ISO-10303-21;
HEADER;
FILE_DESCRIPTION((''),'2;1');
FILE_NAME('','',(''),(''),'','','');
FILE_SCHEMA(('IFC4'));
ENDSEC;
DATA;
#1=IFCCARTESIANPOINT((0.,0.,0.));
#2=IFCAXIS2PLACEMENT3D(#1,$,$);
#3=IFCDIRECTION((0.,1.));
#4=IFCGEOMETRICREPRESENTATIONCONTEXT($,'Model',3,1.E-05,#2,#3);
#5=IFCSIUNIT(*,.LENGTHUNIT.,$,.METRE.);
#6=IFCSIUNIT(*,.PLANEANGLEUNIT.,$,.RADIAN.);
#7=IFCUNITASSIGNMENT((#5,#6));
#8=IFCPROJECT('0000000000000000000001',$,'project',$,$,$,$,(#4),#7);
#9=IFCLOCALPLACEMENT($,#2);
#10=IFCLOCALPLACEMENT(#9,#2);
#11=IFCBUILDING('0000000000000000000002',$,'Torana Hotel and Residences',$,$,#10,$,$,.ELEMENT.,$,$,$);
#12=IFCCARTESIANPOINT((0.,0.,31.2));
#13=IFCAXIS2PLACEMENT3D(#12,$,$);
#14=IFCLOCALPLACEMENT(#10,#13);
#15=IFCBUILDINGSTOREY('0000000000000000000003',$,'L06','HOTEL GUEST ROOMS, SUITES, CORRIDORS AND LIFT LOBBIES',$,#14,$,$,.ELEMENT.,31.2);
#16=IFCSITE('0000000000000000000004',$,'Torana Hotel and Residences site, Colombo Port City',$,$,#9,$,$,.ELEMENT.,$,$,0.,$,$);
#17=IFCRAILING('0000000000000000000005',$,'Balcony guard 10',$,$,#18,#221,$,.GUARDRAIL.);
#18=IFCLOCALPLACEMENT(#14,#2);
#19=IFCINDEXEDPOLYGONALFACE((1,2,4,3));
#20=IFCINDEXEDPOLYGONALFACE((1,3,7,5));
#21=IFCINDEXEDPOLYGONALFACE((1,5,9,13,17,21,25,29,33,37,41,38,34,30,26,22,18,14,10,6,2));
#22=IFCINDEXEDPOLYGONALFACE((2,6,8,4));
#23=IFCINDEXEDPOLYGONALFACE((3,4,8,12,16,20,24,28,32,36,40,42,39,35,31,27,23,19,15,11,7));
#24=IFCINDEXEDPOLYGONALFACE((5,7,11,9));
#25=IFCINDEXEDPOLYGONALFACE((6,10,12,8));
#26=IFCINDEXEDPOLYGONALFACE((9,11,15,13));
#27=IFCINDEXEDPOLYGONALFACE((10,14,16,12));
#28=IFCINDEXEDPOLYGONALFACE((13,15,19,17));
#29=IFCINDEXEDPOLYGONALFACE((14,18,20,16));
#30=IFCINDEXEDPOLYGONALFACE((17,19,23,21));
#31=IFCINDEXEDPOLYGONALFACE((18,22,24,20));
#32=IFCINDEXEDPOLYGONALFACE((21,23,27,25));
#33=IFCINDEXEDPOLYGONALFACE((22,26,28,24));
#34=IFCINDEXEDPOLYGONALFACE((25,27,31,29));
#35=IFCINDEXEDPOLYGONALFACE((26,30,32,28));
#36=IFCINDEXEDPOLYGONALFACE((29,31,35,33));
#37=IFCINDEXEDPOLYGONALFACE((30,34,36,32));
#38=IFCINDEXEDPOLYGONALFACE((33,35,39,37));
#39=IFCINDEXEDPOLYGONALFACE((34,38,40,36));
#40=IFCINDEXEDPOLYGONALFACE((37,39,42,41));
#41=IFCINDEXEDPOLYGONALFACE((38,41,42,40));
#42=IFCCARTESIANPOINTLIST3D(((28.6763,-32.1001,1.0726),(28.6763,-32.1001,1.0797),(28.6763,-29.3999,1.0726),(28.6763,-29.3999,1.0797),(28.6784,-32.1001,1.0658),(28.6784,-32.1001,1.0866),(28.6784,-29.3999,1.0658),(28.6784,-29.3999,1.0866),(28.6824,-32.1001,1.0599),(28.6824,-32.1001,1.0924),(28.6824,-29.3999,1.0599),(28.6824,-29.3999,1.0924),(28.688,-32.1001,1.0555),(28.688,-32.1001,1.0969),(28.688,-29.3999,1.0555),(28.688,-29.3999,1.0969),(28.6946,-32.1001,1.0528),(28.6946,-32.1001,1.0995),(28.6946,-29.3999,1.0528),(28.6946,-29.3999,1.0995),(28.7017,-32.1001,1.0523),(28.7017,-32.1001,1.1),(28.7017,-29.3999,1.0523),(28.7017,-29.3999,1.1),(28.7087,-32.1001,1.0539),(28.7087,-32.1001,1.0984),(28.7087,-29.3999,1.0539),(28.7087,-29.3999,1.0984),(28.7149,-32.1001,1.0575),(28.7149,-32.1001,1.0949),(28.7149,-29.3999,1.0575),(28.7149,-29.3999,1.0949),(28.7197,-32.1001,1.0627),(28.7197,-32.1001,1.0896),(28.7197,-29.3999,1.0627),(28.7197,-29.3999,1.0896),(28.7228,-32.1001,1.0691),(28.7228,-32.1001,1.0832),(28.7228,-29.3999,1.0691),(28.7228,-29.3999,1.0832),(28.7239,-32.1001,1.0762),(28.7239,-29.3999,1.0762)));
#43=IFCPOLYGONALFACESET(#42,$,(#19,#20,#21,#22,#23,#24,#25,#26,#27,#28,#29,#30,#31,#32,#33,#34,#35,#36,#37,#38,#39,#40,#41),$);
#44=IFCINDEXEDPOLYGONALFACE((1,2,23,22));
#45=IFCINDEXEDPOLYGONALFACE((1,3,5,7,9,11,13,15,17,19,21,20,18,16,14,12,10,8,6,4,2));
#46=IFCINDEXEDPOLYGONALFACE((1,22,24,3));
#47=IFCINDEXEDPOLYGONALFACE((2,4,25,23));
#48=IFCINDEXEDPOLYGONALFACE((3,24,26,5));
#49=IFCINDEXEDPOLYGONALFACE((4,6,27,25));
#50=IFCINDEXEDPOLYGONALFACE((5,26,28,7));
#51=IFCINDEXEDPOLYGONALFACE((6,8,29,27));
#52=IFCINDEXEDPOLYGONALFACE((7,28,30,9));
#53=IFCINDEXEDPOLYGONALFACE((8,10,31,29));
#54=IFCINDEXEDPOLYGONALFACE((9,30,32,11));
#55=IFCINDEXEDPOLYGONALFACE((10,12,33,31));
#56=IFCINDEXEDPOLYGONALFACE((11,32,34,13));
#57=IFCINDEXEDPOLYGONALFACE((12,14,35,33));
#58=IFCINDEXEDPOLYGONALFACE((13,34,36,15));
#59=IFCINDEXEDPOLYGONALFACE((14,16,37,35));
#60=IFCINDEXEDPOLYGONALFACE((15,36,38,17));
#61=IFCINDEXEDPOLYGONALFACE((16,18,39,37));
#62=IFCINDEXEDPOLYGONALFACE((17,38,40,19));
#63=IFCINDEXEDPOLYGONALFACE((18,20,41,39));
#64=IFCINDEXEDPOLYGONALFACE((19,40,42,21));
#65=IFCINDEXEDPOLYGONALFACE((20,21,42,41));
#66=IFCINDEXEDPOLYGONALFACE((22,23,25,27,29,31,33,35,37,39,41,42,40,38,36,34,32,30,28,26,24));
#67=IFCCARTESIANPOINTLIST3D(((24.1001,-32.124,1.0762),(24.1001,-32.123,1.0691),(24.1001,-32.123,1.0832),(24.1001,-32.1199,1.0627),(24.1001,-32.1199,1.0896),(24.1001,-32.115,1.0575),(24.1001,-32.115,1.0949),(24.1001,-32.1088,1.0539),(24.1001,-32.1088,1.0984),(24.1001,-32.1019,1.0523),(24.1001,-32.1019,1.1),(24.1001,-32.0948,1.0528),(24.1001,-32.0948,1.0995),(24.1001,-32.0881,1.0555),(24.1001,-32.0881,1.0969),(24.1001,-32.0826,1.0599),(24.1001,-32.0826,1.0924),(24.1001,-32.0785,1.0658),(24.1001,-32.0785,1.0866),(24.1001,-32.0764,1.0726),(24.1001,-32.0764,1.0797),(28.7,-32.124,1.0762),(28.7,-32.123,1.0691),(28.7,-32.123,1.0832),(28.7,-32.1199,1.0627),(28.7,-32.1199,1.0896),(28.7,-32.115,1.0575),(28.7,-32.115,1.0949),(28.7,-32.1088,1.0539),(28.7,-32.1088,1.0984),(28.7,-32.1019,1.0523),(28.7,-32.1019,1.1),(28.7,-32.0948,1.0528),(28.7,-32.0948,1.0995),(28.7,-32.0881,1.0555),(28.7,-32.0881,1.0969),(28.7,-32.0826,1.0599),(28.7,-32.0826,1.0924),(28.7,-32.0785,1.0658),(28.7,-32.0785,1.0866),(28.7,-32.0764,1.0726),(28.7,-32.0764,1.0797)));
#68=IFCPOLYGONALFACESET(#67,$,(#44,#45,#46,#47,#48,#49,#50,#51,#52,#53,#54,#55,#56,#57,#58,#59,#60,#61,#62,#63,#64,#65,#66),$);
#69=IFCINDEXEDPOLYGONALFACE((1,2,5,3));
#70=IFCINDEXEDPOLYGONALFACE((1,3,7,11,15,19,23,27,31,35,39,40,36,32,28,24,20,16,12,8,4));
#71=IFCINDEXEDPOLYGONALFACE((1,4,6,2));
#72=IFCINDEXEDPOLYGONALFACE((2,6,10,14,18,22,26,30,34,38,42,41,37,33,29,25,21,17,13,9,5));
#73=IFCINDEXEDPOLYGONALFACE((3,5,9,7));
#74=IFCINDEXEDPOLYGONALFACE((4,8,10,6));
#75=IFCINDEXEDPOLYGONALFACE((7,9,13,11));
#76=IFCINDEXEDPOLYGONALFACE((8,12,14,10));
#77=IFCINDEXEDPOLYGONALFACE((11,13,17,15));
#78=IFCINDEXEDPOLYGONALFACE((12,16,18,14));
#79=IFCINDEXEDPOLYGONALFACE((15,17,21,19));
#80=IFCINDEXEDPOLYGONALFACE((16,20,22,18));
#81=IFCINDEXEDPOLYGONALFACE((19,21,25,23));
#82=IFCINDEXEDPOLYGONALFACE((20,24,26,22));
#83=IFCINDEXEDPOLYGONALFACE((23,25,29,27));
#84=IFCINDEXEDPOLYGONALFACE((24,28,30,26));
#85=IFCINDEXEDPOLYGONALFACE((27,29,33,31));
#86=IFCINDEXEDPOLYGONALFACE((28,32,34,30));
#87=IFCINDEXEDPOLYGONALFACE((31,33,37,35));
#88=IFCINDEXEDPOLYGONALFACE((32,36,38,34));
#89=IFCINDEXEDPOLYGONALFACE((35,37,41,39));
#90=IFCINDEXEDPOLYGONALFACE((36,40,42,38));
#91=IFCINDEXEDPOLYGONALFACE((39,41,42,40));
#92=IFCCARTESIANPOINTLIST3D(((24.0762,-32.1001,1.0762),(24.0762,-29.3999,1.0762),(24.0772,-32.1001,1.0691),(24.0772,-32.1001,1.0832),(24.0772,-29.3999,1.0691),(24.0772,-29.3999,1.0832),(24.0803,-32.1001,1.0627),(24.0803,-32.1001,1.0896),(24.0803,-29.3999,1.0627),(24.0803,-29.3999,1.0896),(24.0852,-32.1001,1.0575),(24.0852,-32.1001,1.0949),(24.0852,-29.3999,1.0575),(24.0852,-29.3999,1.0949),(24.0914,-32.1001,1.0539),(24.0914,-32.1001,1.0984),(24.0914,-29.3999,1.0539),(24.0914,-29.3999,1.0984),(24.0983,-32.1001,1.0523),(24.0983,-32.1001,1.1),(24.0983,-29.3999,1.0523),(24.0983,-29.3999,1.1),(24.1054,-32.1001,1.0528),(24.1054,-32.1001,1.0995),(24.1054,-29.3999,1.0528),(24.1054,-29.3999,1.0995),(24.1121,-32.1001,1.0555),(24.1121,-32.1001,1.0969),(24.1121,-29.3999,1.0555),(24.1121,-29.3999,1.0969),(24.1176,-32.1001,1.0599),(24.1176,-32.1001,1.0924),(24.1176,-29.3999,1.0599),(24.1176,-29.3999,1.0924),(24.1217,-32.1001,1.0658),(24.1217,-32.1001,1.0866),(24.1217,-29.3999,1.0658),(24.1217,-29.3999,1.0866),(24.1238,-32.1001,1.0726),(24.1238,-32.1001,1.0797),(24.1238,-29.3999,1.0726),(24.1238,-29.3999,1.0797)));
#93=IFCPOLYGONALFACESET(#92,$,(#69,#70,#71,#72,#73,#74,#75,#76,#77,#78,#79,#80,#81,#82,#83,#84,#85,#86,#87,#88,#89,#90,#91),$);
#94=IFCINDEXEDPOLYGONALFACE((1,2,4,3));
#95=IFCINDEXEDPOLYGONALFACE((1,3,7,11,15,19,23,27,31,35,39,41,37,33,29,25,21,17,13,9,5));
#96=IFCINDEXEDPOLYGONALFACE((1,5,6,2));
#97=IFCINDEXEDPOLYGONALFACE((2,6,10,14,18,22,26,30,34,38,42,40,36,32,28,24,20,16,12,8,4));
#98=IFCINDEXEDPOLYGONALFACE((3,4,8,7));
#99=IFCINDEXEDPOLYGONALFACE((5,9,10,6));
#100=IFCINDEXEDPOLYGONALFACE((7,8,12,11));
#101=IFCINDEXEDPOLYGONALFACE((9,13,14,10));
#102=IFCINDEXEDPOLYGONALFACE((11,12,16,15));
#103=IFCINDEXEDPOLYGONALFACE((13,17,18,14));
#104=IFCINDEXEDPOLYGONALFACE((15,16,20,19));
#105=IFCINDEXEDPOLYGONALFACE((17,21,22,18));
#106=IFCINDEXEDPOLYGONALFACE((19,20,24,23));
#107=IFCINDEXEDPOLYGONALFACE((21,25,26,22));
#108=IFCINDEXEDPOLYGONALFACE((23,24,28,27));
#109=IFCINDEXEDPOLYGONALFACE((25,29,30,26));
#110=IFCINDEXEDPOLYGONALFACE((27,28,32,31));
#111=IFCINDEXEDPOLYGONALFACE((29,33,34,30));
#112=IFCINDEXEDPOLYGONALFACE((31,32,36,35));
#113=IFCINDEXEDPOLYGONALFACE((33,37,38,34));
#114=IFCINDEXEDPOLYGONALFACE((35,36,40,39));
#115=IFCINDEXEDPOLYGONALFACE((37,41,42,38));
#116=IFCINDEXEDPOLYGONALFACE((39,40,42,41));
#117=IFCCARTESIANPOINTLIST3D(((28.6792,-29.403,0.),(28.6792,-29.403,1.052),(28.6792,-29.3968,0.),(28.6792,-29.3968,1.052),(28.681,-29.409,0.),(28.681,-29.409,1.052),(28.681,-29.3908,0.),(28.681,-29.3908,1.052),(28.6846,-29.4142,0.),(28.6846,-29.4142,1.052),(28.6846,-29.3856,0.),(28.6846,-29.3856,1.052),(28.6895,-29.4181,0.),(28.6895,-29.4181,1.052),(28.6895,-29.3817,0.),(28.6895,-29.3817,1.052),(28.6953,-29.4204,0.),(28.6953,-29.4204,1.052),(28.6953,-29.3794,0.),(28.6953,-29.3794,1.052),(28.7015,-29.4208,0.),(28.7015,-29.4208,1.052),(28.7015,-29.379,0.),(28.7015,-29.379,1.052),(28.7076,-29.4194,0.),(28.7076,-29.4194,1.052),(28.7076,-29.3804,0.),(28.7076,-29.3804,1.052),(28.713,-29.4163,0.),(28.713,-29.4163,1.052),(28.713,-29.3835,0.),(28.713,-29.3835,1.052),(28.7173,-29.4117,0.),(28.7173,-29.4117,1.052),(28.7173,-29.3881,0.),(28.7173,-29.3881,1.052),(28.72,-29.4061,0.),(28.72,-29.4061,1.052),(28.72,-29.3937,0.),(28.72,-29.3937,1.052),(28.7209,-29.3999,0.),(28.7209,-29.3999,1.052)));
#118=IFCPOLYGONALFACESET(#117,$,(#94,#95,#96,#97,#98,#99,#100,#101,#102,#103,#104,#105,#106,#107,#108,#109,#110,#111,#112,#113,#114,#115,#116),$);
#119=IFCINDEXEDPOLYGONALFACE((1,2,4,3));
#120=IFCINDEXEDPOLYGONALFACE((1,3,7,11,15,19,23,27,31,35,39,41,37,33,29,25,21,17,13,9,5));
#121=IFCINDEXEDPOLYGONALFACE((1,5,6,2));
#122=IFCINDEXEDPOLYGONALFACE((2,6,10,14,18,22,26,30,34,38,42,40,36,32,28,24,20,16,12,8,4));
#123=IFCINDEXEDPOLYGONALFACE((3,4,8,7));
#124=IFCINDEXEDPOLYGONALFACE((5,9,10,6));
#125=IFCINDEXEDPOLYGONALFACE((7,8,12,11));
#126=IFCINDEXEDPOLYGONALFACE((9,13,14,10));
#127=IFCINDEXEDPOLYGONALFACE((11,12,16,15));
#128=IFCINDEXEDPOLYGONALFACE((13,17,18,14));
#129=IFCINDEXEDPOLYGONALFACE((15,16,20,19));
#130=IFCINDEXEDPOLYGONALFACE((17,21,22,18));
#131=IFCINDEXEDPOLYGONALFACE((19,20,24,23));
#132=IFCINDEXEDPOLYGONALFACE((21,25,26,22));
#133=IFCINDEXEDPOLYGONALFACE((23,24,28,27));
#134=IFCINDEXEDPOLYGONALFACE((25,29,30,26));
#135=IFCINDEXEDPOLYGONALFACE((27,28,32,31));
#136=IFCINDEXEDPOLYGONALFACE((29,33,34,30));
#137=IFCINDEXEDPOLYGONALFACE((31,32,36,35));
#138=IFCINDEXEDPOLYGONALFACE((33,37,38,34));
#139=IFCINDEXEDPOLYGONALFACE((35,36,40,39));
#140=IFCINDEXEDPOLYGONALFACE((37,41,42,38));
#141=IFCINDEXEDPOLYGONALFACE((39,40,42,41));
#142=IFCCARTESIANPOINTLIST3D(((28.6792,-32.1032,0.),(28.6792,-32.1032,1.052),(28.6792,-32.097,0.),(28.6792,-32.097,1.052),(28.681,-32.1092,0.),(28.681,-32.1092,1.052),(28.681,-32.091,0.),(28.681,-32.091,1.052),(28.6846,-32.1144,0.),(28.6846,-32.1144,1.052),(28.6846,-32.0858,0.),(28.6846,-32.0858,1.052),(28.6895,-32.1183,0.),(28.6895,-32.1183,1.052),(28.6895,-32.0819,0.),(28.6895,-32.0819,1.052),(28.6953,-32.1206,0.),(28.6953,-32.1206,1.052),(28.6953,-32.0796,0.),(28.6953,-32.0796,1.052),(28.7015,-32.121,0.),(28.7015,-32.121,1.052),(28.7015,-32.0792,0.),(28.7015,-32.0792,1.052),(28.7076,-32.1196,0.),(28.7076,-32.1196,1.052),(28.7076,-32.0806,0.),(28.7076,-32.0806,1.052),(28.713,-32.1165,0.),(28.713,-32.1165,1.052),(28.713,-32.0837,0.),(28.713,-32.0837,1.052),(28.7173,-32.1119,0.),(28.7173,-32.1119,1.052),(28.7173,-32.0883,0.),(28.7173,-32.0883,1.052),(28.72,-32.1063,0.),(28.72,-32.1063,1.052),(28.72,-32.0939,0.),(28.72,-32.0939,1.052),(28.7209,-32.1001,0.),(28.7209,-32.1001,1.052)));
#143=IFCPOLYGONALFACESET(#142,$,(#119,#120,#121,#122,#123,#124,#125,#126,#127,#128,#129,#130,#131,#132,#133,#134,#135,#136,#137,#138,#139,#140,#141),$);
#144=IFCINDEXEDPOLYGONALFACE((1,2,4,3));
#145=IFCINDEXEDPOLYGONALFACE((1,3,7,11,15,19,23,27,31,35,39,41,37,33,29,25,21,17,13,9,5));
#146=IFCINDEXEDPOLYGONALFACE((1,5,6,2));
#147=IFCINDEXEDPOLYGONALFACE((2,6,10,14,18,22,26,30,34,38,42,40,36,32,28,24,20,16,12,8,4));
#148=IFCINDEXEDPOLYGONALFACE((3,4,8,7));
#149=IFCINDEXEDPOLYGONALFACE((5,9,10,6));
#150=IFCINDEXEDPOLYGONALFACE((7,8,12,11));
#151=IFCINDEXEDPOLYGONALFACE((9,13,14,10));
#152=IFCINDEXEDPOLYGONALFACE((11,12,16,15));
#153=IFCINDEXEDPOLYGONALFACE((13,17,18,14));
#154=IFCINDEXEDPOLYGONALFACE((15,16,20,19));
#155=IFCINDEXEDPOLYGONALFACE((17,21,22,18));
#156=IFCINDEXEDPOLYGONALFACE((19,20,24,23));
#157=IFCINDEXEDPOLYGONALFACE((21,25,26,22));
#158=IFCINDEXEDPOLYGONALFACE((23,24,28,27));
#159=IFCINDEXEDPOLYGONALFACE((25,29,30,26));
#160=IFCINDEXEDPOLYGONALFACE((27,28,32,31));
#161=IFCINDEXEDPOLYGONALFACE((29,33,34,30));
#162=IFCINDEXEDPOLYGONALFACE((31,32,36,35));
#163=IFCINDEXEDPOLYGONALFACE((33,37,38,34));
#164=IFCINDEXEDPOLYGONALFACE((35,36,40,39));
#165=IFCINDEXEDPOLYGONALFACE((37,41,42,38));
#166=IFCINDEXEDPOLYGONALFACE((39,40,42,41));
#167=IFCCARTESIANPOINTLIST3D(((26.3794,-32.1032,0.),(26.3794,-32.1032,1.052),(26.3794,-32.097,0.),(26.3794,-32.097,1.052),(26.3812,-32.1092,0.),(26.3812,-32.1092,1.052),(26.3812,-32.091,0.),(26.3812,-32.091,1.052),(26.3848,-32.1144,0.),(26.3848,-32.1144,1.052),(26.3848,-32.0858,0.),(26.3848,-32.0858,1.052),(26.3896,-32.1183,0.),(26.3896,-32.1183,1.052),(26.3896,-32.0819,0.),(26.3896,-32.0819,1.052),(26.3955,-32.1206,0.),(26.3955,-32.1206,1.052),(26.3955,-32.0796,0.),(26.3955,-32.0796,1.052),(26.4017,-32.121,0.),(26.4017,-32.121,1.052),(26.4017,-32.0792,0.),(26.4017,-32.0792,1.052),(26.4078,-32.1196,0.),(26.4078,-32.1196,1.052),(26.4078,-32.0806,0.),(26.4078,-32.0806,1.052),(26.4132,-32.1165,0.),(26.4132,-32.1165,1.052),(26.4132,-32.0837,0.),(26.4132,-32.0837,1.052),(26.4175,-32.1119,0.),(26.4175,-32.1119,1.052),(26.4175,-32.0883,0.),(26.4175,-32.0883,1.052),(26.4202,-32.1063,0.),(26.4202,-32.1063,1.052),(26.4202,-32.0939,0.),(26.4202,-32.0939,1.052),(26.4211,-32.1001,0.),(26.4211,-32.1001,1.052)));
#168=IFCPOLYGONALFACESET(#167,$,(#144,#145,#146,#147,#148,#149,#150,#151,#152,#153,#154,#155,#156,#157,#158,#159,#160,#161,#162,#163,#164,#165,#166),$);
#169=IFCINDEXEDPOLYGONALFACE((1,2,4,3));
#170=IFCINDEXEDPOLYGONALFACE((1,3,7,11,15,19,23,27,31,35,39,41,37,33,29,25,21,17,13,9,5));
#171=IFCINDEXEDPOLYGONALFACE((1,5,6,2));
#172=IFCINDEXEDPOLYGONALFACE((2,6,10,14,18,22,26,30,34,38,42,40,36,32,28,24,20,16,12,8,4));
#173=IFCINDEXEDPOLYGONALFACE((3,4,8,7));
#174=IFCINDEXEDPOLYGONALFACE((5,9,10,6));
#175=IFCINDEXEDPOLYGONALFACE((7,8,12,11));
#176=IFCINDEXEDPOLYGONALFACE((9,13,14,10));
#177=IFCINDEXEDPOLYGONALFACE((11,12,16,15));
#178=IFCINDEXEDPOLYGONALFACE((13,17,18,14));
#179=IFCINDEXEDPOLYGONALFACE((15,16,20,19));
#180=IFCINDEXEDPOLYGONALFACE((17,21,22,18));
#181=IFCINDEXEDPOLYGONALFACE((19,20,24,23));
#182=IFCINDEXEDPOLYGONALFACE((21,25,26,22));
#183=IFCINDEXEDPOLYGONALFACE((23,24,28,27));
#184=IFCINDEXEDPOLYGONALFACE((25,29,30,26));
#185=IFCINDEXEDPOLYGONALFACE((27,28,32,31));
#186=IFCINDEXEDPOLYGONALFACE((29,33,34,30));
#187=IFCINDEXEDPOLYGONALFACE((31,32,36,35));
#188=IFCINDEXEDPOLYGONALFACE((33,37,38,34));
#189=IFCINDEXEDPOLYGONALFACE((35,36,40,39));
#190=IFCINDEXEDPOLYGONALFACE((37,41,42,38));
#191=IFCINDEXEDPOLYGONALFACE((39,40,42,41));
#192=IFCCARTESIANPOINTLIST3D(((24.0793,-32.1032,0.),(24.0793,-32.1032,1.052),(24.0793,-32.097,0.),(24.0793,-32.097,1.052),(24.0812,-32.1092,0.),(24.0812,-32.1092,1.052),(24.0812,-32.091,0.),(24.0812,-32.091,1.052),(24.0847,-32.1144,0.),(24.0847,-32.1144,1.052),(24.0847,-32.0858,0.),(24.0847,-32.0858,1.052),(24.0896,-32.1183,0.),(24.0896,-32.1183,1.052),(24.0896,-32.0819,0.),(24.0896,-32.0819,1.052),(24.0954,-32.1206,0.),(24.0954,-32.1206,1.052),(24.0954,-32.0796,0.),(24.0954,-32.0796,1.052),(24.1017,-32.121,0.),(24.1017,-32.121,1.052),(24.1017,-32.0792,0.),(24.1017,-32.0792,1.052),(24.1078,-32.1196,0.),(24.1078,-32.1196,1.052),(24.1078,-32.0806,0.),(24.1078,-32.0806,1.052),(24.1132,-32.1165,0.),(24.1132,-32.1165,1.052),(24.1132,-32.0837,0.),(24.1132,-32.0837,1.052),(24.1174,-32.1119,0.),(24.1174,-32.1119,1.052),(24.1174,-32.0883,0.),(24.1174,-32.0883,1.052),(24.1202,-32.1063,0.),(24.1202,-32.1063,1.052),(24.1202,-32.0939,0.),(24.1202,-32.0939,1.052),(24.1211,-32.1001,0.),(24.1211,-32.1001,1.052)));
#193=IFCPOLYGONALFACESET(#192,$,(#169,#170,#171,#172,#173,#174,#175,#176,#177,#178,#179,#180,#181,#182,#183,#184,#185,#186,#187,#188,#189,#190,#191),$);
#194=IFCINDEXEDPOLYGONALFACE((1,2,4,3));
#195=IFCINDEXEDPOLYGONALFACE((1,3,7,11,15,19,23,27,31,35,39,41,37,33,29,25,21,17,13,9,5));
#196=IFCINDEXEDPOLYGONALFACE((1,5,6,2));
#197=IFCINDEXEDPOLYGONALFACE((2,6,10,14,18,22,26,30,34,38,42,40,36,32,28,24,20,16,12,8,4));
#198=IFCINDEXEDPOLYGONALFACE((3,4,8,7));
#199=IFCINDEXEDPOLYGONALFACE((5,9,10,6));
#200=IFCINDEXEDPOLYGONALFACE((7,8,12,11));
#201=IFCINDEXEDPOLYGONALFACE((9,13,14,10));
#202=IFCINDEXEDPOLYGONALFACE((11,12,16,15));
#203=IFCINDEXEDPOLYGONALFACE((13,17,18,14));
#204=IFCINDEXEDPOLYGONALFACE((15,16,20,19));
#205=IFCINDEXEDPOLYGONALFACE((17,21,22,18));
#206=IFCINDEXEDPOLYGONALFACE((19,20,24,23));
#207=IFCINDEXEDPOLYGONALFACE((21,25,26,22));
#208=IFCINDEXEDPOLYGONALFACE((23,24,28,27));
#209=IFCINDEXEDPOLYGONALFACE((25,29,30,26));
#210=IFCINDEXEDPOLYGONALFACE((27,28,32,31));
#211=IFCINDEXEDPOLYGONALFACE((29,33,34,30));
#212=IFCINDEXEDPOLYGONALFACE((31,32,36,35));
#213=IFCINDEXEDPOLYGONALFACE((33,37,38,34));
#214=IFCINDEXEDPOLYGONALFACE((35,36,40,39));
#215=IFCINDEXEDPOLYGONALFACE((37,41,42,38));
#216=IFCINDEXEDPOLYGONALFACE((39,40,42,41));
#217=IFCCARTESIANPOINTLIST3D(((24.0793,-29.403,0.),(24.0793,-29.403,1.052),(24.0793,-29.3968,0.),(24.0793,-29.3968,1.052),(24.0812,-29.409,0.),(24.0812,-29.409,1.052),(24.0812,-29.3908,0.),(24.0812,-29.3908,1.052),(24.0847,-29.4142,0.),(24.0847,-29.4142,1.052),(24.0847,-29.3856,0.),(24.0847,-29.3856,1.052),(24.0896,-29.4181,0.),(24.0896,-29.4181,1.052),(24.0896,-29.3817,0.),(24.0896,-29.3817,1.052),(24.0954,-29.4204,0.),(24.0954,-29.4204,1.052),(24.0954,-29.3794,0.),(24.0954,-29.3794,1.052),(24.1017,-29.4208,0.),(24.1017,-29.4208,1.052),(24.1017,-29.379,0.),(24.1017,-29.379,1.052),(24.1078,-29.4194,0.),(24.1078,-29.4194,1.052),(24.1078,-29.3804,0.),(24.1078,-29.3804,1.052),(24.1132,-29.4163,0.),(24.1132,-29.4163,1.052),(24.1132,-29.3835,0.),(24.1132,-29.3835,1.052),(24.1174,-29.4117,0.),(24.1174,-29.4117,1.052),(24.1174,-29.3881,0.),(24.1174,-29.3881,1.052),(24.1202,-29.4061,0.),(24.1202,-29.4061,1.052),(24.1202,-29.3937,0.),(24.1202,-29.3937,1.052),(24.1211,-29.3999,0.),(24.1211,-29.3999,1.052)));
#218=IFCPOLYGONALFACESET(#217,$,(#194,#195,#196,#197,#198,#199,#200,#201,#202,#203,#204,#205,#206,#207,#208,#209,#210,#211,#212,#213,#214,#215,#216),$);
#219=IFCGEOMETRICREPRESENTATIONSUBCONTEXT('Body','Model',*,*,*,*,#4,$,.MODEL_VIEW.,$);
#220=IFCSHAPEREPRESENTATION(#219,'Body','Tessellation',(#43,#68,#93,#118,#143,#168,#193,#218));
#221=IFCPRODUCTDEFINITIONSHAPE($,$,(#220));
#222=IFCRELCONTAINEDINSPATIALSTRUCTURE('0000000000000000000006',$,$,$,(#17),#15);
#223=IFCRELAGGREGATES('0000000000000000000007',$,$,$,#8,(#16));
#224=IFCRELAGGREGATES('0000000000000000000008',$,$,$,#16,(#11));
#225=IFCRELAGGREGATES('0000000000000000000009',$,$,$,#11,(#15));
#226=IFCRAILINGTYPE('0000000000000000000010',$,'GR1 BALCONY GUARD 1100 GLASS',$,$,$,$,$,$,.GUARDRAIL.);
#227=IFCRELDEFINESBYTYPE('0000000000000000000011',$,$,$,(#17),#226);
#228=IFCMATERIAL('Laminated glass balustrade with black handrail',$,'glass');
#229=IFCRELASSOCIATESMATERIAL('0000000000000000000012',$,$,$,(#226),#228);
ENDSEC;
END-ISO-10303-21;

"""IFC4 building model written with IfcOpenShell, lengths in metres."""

from ifc_helpers import new_model, si_unit, direction, frame, origin, origin_2d, place, context, subcontext, project, spatial, circle, extrude, material, type_object, element, save


model = new_model("IFC4")

# Units and contexts
model_context = context("Model", 3, precision=1e-05, world=origin(), true_north=direction((0.0, 1.0)))
body_context = subcontext(model_context, "Body", "Model", "MODEL_VIEW")
ifc_project = project(units=[si_unit("LENGTHUNIT", "METRE"), si_unit("PLANEANGLEUNIT", "RADIAN")], contexts=[model_context])

# Site, building, storey
site_placement = place(None, origin())
site = spatial("IfcSite", under=ifc_project, at=site_placement, Name="Torana Hotel and Residences site, Colombo Port City", CompositionType="ELEMENT", RefElevation=0.0)
building_placement = place(site_placement, origin())
building = spatial("IfcBuilding", under=site, at=building_placement, Name="Torana Hotel and Residences", CompositionType="ELEMENT")
storey_placement = place(building_placement, frame((0.0, 0.0, 31.2)))
storey = spatial("IfcBuildingStorey", under=building, at=storey_placement, Name="L06", Description="HOTEL GUEST ROOMS, SUITES, CORRIDORS AND LIFT LOBBIES", CompositionType="ELEMENT", Elevation=31.2)

# Railing
ifc_material_1 = material(Name="Laminated glass balustrade with black handrail", Category="glass")
railing_type = type_object("IfcRailingType", Name="GR1 BALCONY GUARD 1100 GLASS", PredefinedType="GUARDRAIL", material=ifc_material_1)
railing_1_placement = place(storey_placement, frame((28.7, -29.3999, 0.0)))
element("IfcRailing", 1, at=railing_1_placement, inside=storey, type_object=railing_type, Name="Balcony guard 10", PredefinedType="GUARDRAIL", context=body_context, shape_type="SweptSolid", body=[
    extrude(circle(Radius=0.0239, at=origin_2d()), frame((0.0, 0.0, 1.0762), z_axis=(0.0, -1.0, 0.0), x_axis=(1.0, 0.0, 0.0)), (0.0, 0.0, 1.0), 2.7002),
    extrude(circle(Radius=0.0239, at=origin_2d()), frame((0.0, -2.7002, 1.0762), z_axis=(-1.0, 0.0, 0.0), x_axis=(0.0, -1.0, 0.0)), (0.0, 0.0, 1.0), 4.5999),
    extrude(circle(Radius=0.0239, at=origin_2d()), frame((-4.5999, -2.7002, 1.0762), z_axis=(0.0, 1.0, 0.0), x_axis=(-1.0, 0.0, 0.0)), (0.0, 0.0, 1.0), 2.7002),
    extrude(circle(Radius=0.021, at=origin_2d()), origin(), (0.0, 0.0, 1.0), 1.052),
    extrude(circle(Radius=0.021, at=origin_2d()), frame((0.0, -2.7002, 0.0)), (0.0, 0.0, 1.0), 1.052),
    extrude(circle(Radius=0.021, at=origin_2d()), frame((-2.2998, -2.7002, 0.0)), (0.0, 0.0, 1.0), 1.052),
    extrude(circle(Radius=0.021, at=origin_2d()), frame((-4.5999, -2.7002, 0.0)), (0.0, 0.0, 1.0), 1.052),
    extrude(circle(Radius=0.021, at=origin_2d()), frame((-4.5999, 0.0, 0.0)), (0.0, 0.0, 1.0), 1.052),
])

save(model, "model.ifc")
